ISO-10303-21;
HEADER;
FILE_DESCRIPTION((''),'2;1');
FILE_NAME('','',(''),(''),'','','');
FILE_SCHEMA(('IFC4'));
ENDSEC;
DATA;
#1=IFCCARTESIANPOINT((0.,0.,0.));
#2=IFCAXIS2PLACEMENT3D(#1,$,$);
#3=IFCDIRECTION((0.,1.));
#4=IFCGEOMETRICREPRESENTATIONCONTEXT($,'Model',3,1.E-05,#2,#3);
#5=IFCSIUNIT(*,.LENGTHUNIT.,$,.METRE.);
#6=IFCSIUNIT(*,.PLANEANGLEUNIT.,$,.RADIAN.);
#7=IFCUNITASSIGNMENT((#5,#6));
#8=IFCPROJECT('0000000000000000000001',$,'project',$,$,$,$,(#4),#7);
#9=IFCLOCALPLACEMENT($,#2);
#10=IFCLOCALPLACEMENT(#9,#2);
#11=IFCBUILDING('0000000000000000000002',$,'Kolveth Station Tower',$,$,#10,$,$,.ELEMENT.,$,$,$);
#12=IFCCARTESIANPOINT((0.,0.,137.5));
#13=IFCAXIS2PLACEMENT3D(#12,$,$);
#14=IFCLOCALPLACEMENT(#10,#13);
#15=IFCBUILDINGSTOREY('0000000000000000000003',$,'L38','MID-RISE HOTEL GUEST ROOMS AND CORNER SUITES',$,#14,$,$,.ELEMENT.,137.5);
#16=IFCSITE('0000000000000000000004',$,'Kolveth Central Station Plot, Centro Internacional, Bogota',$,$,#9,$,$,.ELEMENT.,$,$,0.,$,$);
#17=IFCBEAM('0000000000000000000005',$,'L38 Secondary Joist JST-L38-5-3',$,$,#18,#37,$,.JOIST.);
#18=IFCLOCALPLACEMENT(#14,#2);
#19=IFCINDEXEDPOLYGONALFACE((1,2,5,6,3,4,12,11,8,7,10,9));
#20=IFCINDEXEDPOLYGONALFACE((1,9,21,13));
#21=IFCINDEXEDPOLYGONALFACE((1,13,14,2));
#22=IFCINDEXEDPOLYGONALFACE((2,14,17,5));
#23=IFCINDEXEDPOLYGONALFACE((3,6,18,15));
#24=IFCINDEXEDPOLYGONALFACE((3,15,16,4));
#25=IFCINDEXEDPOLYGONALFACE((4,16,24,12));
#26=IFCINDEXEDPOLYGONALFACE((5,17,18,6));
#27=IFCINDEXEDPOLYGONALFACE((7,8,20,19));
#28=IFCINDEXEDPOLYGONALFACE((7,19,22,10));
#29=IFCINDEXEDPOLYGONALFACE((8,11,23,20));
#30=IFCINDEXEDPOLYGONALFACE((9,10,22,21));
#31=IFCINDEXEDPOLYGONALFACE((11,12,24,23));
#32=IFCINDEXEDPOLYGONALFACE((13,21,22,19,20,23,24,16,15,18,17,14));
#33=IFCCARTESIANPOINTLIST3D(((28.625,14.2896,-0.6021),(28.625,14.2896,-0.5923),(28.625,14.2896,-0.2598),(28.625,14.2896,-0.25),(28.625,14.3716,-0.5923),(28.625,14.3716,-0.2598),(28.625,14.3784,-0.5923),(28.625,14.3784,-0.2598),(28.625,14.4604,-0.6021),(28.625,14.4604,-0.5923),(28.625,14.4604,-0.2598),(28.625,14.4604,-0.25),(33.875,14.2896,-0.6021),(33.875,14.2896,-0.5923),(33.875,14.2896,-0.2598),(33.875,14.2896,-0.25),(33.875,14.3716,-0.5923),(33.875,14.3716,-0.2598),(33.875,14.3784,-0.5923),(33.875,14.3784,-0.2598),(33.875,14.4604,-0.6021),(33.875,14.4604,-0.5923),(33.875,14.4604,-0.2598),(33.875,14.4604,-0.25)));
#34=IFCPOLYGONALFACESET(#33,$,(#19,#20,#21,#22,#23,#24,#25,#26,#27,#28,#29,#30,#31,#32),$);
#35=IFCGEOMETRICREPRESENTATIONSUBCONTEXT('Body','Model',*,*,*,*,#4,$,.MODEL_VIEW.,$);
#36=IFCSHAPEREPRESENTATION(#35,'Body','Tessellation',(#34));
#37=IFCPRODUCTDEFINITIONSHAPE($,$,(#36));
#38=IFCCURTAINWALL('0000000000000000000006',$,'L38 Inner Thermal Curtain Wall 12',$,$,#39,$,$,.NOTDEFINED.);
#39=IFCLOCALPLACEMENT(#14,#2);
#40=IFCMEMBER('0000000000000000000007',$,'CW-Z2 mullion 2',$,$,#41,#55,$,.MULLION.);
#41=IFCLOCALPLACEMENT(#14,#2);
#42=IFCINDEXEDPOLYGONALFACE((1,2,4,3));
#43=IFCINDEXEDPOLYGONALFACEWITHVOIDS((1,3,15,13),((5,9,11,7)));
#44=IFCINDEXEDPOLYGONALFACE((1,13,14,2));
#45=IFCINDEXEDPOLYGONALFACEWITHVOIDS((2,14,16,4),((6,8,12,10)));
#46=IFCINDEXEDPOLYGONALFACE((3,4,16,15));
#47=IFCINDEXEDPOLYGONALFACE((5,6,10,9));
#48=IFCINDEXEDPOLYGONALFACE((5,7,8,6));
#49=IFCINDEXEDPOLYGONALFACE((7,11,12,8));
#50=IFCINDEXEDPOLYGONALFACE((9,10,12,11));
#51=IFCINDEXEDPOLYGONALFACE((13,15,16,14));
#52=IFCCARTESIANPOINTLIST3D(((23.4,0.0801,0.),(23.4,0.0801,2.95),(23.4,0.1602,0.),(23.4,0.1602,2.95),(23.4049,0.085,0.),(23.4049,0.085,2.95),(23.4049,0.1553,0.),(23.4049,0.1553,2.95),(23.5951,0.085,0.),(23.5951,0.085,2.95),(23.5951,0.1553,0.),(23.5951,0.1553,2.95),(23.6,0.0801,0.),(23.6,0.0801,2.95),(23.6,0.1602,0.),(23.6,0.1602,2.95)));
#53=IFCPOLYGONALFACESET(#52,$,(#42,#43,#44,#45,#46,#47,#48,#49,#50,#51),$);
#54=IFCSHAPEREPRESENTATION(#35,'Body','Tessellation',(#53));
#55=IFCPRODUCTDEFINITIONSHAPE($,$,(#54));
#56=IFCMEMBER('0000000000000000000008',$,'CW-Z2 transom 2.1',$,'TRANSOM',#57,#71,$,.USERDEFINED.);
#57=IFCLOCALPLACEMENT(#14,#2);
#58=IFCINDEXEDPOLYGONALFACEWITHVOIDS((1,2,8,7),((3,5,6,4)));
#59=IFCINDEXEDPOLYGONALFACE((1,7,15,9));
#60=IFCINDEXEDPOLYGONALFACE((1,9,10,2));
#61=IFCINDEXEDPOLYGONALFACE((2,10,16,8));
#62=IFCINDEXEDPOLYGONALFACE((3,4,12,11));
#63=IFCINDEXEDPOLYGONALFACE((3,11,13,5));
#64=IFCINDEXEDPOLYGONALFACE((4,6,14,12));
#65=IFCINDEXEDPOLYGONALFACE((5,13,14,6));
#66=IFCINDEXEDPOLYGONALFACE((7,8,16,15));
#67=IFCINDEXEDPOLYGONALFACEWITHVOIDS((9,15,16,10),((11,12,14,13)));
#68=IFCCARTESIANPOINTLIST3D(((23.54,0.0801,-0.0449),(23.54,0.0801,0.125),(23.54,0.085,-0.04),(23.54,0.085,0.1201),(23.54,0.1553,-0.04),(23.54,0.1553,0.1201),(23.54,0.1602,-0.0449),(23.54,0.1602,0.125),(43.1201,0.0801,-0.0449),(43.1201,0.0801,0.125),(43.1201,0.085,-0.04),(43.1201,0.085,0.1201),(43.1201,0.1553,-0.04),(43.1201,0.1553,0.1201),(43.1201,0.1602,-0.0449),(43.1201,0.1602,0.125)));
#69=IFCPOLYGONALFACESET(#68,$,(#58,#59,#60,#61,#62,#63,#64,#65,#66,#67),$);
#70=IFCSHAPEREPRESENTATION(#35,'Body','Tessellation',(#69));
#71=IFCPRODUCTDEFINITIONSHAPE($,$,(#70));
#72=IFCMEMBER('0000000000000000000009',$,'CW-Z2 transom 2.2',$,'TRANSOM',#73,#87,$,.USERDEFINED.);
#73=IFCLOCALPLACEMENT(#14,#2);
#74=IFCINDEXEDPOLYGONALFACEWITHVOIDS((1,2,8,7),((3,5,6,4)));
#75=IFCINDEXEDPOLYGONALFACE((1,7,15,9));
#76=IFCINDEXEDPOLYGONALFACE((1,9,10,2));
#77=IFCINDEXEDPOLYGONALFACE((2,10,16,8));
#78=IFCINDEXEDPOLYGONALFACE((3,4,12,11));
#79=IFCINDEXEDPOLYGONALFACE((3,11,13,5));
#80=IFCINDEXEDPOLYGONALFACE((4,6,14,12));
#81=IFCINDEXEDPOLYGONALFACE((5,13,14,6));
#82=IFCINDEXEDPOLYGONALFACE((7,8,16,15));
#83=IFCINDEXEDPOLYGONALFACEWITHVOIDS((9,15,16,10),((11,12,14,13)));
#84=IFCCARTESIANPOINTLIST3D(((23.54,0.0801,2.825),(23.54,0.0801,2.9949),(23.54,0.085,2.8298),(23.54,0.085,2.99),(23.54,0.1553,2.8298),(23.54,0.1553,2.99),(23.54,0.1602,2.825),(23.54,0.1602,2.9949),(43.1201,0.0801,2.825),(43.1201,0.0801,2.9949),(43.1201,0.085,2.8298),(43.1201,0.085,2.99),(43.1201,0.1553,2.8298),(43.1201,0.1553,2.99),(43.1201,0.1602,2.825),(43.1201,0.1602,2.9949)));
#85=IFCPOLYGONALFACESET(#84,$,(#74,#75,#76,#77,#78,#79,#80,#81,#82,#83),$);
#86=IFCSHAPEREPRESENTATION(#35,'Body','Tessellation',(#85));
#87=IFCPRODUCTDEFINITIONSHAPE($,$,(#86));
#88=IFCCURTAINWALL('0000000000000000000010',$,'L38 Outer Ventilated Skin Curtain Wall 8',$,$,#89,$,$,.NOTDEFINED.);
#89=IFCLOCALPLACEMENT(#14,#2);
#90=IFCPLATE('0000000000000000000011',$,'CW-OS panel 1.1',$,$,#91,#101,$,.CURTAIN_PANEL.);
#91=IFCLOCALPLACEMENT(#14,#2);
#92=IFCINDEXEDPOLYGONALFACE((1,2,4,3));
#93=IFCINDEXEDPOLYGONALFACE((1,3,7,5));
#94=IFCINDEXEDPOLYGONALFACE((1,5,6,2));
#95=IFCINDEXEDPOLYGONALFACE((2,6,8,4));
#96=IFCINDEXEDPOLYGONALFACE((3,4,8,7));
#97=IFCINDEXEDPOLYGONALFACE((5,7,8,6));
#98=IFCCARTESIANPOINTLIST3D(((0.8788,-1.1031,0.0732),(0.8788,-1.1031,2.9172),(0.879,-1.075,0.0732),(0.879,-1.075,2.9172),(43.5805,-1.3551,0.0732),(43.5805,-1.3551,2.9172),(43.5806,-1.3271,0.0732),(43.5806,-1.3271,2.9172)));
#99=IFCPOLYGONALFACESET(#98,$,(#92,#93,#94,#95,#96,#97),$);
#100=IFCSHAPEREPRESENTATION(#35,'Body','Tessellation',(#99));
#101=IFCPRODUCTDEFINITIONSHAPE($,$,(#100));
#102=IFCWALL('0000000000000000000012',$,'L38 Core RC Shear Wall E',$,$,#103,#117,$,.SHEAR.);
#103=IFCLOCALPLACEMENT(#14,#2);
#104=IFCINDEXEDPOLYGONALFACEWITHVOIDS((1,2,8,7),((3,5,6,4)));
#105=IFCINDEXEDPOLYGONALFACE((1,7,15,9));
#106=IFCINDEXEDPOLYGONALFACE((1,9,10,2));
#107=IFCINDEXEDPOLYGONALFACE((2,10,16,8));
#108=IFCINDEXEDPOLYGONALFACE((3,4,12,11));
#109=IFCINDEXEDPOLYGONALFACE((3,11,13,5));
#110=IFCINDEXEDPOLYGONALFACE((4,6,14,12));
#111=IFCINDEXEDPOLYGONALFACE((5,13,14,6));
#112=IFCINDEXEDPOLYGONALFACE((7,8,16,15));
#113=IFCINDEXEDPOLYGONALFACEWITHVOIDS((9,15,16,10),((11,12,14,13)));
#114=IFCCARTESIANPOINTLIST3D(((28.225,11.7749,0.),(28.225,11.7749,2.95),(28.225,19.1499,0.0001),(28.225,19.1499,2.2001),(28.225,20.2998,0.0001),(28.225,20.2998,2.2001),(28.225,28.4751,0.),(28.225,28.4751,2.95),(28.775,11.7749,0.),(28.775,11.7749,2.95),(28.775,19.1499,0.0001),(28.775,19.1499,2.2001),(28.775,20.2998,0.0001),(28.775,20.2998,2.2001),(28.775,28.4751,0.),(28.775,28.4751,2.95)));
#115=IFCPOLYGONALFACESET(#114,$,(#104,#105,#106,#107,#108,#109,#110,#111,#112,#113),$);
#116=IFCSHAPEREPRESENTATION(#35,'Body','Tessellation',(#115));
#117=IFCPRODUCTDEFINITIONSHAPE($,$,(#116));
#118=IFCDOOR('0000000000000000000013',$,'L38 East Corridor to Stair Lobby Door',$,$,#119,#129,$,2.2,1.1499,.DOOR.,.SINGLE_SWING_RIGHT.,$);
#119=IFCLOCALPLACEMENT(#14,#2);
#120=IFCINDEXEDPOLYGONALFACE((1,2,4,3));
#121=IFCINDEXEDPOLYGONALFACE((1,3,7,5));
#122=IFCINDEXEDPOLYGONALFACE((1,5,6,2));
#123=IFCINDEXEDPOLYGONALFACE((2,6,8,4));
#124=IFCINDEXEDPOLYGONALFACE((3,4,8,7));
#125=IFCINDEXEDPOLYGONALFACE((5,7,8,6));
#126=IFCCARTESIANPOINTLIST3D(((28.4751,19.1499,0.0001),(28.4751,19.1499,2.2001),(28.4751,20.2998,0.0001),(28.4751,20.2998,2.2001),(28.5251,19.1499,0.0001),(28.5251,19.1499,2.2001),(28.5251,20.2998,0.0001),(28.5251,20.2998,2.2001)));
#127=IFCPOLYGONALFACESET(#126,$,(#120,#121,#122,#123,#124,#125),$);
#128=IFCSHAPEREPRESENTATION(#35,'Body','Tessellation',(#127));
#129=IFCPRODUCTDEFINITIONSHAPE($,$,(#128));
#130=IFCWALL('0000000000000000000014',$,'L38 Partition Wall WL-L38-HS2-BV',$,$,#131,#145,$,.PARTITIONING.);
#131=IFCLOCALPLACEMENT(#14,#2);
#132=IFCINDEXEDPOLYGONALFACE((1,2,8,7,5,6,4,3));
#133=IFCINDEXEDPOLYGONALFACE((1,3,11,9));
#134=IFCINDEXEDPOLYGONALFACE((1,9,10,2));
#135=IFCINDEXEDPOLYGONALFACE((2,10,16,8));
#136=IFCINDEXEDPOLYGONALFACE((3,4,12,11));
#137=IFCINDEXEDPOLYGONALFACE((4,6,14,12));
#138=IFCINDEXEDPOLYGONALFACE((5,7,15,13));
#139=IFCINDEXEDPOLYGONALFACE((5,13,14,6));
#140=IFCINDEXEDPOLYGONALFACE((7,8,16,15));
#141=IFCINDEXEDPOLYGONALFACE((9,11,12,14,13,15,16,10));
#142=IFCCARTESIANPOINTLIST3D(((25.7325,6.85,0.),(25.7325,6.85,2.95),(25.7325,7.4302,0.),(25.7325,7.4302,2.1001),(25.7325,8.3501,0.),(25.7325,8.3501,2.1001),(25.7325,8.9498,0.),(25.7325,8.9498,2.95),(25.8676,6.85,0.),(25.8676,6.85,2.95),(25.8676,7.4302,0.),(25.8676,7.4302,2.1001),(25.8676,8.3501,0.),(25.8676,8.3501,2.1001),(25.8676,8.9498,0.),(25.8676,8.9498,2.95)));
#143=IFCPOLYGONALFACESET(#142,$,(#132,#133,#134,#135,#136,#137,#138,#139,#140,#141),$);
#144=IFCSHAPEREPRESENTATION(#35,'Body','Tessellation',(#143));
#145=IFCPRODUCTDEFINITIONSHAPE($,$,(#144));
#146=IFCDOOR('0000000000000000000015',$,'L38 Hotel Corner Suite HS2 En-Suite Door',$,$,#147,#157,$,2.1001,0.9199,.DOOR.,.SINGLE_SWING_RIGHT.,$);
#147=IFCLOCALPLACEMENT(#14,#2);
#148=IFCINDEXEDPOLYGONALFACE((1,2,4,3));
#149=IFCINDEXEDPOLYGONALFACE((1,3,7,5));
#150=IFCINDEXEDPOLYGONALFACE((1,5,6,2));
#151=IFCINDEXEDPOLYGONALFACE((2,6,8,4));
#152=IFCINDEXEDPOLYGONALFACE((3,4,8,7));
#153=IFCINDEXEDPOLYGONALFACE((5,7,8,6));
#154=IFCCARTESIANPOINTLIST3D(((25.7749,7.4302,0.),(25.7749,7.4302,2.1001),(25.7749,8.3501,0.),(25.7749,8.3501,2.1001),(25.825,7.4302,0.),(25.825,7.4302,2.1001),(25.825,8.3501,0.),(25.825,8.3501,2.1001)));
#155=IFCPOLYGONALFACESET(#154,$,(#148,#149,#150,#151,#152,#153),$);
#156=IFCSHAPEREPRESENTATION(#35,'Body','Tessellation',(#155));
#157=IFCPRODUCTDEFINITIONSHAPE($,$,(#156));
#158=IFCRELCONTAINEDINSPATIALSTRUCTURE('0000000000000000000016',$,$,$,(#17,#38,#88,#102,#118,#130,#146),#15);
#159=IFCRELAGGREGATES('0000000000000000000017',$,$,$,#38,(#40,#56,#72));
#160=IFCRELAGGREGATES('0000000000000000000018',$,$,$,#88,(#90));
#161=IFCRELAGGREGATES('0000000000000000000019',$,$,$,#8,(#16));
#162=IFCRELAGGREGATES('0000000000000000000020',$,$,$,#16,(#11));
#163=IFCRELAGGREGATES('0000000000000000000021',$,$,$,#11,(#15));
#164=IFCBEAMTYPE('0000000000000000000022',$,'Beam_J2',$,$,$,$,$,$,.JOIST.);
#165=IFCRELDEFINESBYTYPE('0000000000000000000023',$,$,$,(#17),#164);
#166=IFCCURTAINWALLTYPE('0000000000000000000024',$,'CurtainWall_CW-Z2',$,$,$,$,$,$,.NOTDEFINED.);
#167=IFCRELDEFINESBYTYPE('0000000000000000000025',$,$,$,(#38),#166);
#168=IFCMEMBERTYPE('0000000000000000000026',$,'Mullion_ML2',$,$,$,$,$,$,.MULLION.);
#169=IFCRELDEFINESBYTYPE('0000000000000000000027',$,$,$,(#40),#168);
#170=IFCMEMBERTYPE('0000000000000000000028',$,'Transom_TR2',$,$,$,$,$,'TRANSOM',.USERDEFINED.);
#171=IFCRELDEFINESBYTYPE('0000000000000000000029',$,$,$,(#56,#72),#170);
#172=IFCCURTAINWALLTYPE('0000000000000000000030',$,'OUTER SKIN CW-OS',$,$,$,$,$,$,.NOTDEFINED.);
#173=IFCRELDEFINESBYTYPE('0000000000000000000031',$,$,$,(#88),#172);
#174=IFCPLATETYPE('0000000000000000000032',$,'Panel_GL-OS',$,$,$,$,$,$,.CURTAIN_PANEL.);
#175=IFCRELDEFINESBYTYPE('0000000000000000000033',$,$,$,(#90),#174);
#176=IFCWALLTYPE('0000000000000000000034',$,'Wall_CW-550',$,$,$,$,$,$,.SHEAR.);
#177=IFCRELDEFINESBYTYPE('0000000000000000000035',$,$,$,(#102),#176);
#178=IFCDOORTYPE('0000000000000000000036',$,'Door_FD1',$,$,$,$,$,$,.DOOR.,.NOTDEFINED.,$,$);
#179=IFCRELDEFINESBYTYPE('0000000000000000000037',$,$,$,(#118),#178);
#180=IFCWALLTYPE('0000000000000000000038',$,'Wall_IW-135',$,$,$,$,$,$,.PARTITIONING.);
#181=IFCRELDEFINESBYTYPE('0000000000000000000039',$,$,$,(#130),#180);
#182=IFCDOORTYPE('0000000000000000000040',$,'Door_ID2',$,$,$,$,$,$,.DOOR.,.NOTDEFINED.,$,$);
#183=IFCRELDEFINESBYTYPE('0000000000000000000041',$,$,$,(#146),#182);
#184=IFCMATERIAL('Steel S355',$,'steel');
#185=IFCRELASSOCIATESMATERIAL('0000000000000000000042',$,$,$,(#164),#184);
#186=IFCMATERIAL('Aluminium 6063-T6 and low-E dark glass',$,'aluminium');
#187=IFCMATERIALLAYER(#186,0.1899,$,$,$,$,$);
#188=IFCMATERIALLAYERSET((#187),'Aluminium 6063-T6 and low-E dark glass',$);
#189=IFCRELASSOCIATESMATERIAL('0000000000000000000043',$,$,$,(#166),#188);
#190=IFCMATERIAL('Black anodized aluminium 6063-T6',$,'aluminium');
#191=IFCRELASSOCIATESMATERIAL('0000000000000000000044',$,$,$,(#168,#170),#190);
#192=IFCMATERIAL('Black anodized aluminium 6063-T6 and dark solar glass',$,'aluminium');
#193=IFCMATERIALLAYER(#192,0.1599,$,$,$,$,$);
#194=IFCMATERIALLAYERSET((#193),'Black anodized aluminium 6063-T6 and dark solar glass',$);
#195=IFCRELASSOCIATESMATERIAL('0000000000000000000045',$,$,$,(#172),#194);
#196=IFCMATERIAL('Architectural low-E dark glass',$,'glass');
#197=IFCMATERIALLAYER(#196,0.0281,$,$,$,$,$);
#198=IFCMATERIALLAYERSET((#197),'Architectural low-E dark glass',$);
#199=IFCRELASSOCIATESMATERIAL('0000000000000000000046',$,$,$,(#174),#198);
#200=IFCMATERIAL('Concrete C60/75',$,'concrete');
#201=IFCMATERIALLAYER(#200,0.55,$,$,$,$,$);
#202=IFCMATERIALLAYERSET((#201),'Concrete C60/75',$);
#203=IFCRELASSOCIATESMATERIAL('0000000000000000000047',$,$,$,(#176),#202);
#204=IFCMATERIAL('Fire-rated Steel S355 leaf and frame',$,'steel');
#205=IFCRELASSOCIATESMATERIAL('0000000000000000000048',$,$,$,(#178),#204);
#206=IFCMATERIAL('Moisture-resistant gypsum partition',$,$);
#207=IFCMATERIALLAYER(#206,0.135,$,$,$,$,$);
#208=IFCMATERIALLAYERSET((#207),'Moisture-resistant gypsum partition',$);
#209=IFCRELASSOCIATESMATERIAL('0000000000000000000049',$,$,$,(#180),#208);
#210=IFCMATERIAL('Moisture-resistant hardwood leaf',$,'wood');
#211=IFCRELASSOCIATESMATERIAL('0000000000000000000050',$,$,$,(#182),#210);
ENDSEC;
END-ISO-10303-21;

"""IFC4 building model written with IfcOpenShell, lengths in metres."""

from ifc_helpers import new_model, si_unit, direction, frame, frame_2d, origin, origin_2d, place, context, subcontext, project, spatial, rectangle, hollow_rectangle, i_section, extrude, source, transform, mapped, material, layer, layer_set, material_profile, profile_set, type_object, element, fill, aggregate, save


model = new_model("IFC4")

# Units and contexts
model_context = context("Model", 3, precision=1e-05, world=origin(), true_north=direction((0.0, 1.0)))
body_context = subcontext(model_context, "Body", "Model", "MODEL_VIEW")
ifc_project = project(units=[si_unit("LENGTHUNIT", "METRE"), si_unit("PLANEANGLEUNIT", "RADIAN")], contexts=[model_context])

# Site, building, storey
site_placement = place(None, origin())
site = spatial("IfcSite", under=ifc_project, at=site_placement, Name="Kolveth Central Station Plot, Centro Internacional, Bogota", CompositionType="ELEMENT", RefElevation=0.0)
building_placement = place(site_placement, origin())
building = spatial("IfcBuilding", under=site, at=building_placement, Name="Kolveth Station Tower", CompositionType="ELEMENT")
storey_placement = place(building_placement, frame((0.0, 0.0, 137.5)))
storey = spatial("IfcBuildingStorey", under=building, at=storey_placement, Name="L38", Description="MID-RISE HOTEL GUEST ROOMS AND CORNER SUITES", CompositionType="ELEMENT", Elevation=137.5)

# Shared definitions
ifc_material_1 = material(Name="Steel S355", Category="steel")

# Beam
ifc_material_profile_1 = material_profile(ifc_material_1, i_section(OverallWidth=0.1709, OverallDepth=0.3521, WebThickness=0.0068, FlangeThickness=0.0098, at=origin_2d()), Name="W360x44")
ifc_profile_set_1 = profile_set([ifc_material_profile_1], Name="Steel S355")
beam_type_1 = type_object("IfcBeamType", Name="Beam_J2", PredefinedType="JOIST", material=ifc_profile_set_1)
shared_shape_1 = source(origin(), body_context, "Body", "SweptSolid", [
    extrude(i_section(OverallWidth=0.1709, OverallDepth=0.3521, WebThickness=0.0068, FlangeThickness=0.0098, at=origin_2d()), origin(), (0.0, 0.0, 1.0), 5.25),
])
for number, where, z_axis, x_axis, name in (
    (1, (28.625, 14.375, -0.426), (1.0, 0.0, 0.0), (0.0, 1.0, 0.0), "L38 Secondary Joist JST-L38-5-3"),
):
    element("IfcBeam", number, at=place(storey_placement, frame(where, z_axis=z_axis, x_axis=x_axis)), inside=storey, type_object=beam_type_1, Name=name, PredefinedType="JOIST", context=body_context, shape_type="MappedRepresentation", body=[
        mapped(shared_shape_1, transform((0.0, 0.0, 0.0), x_axis=(1.0, 0.0, 0.0), y_axis=(0.0, 1.0, 0.0), z_axis=(0.0, 0.0, 1.0), scale=1.0)),
    ])

# Curtain wall, members
ifc_material_2 = material(Name="Aluminium 6063-T6 and low-E dark glass", Category="aluminium")
ifc_layer_1 = layer(ifc_material_2, 0.1899)
ifc_layer_set_1 = layer_set([ifc_layer_1], Name="Aluminium 6063-T6 and low-E dark glass")
curtain_wall_type_1 = type_object("IfcCurtainWallType", Name="CurtainWall_CW-Z2", PredefinedType="NOTDEFINED", material=ifc_layer_set_1)
curtain_wall_1_placement = place(storey_placement, origin())
curtain_wall_1 = element("IfcCurtainWall", 2, at=curtain_wall_1_placement, inside=storey, type_object=curtain_wall_type_1, Name="L38 Inner Thermal Curtain Wall 12", PredefinedType="NOTDEFINED")
ifc_material_3 = material(Name="Black anodized aluminium 6063-T6", Category="aluminium")
ifc_material_profile_2 = material_profile(ifc_material_3, hollow_rectangle(XDim=0.0801, YDim=0.2, WallThickness=0.0049, at=origin_2d()), Name="ALU-80x200x5")
ifc_profile_set_2 = profile_set([ifc_material_profile_2], Name="Black anodized aluminium 6063-T6")
member_type_1 = type_object("IfcMemberType", Name="Mullion_ML2", PredefinedType="MULLION", material=ifc_profile_set_2)
shared_shape_2 = source(origin(), body_context, "Body", "SweptSolid", [
    extrude(hollow_rectangle(XDim=0.0801, YDim=0.2, WallThickness=0.0049, at=origin_2d()), origin(), (0.0, 0.0, 1.0), 2.95),
])
member_1_placement = place(storey_placement, frame((23.5, 0.1201, 0.0), z_axis=(0.0, 0.0, 1.0), x_axis=(0.0, 1.0, 0.0)))
member_1 = element("IfcMember", 3, at=member_1_placement, type_object=member_type_1, Name="CW-Z2 mullion 2", PredefinedType="MULLION", context=body_context, shape_type="MappedRepresentation", body=[
    mapped(shared_shape_2, transform((0.0, 0.0, 0.0), x_axis=(1.0, 0.0, 0.0), y_axis=(0.0, 1.0, 0.0), z_axis=(0.0, 0.0, 1.0), scale=1.0)),
])
ifc_material_profile_3 = material_profile(ifc_material_3, hollow_rectangle(XDim=0.0801, YDim=0.1699, WallThickness=0.0049, at=origin_2d()), Name="ALU-80x170x5")
ifc_profile_set_3 = profile_set([ifc_material_profile_3], Name="Black anodized aluminium 6063-T6")
member_type_2 = type_object("IfcMemberType", Name="Transom_TR2", ElementType="TRANSOM", PredefinedType="USERDEFINED", material=ifc_profile_set_3)
shared_shape_3 = source(origin(), body_context, "Body", "SweptSolid", [
    extrude(hollow_rectangle(XDim=0.0801, YDim=0.1699, WallThickness=0.0049, at=origin_2d()), origin(), (0.0, 0.0, 1.0), 19.5801),
])
member_2_placement = place(storey_placement, frame((23.54, 0.1201, 0.04), z_axis=(1.0, 0.0, 0.0), x_axis=(0.0, 1.0, 0.0)))
member_2 = element("IfcMember", 4, at=member_2_placement, type_object=member_type_2, Name="CW-Z2 transom 2.1", ObjectType="TRANSOM", PredefinedType="USERDEFINED", context=body_context, shape_type="MappedRepresentation", body=[
    mapped(shared_shape_3, transform((0.0, 0.0, 0.0), x_axis=(1.0, 0.0, 0.0), y_axis=(0.0, 1.0, 0.0), z_axis=(0.0, 0.0, 1.0), scale=1.0)),
])
member_3_placement = place(storey_placement, frame((23.54, 0.1201, 2.9099), z_axis=(1.0, 0.0, 0.0), x_axis=(0.0, 1.0, 0.0)))
member_3 = element("IfcMember", 5, at=member_3_placement, type_object=member_type_2, Name="CW-Z2 transom 2.2", ObjectType="TRANSOM", PredefinedType="USERDEFINED", context=body_context, shape_type="MappedRepresentation", body=[
    mapped(shared_shape_3, transform((0.0, 0.0, 0.0), x_axis=(1.0, 0.0, 0.0), y_axis=(0.0, 1.0, 0.0), z_axis=(0.0, 0.0, 1.0), scale=1.0)),
])
aggregate(curtain_wall_1, [member_1, member_2, member_3])

# Curtain wall, plate
ifc_material_4 = material(Name="Black anodized aluminium 6063-T6 and dark solar glass", Category="aluminium")
ifc_layer_2 = layer(ifc_material_4, 0.1599)
ifc_layer_set_2 = layer_set([ifc_layer_2], Name="Black anodized aluminium 6063-T6 and dark solar glass")
curtain_wall_type_2 = type_object("IfcCurtainWallType", Name="OUTER SKIN CW-OS", PredefinedType="NOTDEFINED", material=ifc_layer_set_2)
curtain_wall_2_placement = place(storey_placement, origin())
curtain_wall_2 = element("IfcCurtainWall", 6, at=curtain_wall_2_placement, inside=storey, type_object=curtain_wall_type_2, Name="L38 Outer Ventilated Skin Curtain Wall 8", PredefinedType="NOTDEFINED")
ifc_material_5 = material(Name="Architectural low-E dark glass", Category="glass")
ifc_layer_3 = layer(ifc_material_5, 0.0281)
ifc_layer_set_3 = layer_set([ifc_layer_3], Name="Architectural low-E dark glass")
plate_type = type_object("IfcPlateType", Name="Panel_GL-OS", PredefinedType="CURTAIN_PANEL", material=ifc_layer_set_3)
shared_shape_4 = source(origin(), body_context, "Body", "SweptSolid", [
    extrude(rectangle(XDim=42.7024, YDim=0.0281, at=origin_2d()), origin(), (0.0, 0.0, 1.0), 2.844),
])
plate_placement = place(storey_placement, frame((22.2297, -1.2151, 0.0732), z_axis=(0.0, 0.0, 1.0), x_axis=(0.999983, -0.005902, 0.0)))
plate = element("IfcPlate", 7, at=plate_placement, type_object=plate_type, Name="CW-OS panel 1.1", PredefinedType="CURTAIN_PANEL", context=body_context, shape_type="MappedRepresentation", body=[
    mapped(shared_shape_4, transform((0.0, 0.0, 0.0), x_axis=(1.0, 0.0, 0.0), y_axis=(0.0, 1.0, 0.0), z_axis=(0.0, 0.0, 1.0), scale=1.0)),
])
aggregate(curtain_wall_2, [plate])

# Walls, openings, doors
ifc_material_6 = material(Name="Concrete C60/75", Category="concrete")
ifc_layer_4 = layer(ifc_material_6, 0.55)
ifc_layer_set_4 = layer_set([ifc_layer_4], Name="Concrete C60/75")
wall_type_1 = type_object("IfcWallType", Name="Wall_CW-550", PredefinedType="SHEAR", material=ifc_layer_set_4)
wall_1_placement = place(storey_placement, frame((28.5, 11.7749, 0.0), z_axis=(0.0, 0.0, 1.0), x_axis=(0.0, 1.0, 0.0)))
wall_1 = element("IfcWall", 8, at=wall_1_placement, inside=storey, type_object=wall_type_1, Name="L38 Core RC Shear Wall E", PredefinedType="SHEAR", context=body_context, shape_type="SweptSolid", body=[
    extrude(rectangle(XDim=16.7002, YDim=0.55, at=frame_2d((8.3501, 0.0))), origin(), (0.0, 0.0, 1.0), 2.95),
])
opening_1_placement = place(wall_1_placement, frame((7.375, 0.0, 0.0)))
opening_1 = element("IfcOpeningElement", 9, at=opening_1_placement, cuts=wall_1, PredefinedType="OPENING", context=body_context, shape_type="SweptSolid", body=[
    extrude(rectangle(XDim=1.1499, YDim=2.2, at=frame_2d((0.575, 1.1001))), frame((0.0, 0.2849, 0.0), z_axis=(0.0, -1.0, 0.0), x_axis=(1.0, 0.0, 0.0)), (0.0, 0.0, 1.0), 0.5701),
])
ifc_material_7 = material(Name="Fire-rated Steel S355 leaf and frame", Category="steel")
door_type_1 = type_object("IfcDoorType", Name="Door_FD1", OperationType="NOTDEFINED", PredefinedType="DOOR", material=ifc_material_7)
door_1_placement = place(opening_1_placement, origin())
door_1 = element("IfcDoor", 10, at=door_1_placement, inside=storey, type_object=door_type_1, Name="L38 East Corridor to Stair Lobby Door", OperationType="SINGLE_SWING_RIGHT", OverallHeight=2.2, OverallWidth=1.1499, PredefinedType="DOOR", context=body_context, shape_type="SweptSolid", body=[
    extrude(rectangle(XDim=1.1499, YDim=2.2, at=frame_2d((0.575, 1.1001))), frame((0.0, 0.0249, 0.0), z_axis=(0.0, -1.0, 0.0), x_axis=(1.0, 0.0, 0.0)), (0.0, 0.0, 1.0), 0.05),
])
fill(opening_1, door_1)
ifc_material_8 = material(Name="Moisture-resistant gypsum partition")
ifc_layer_5 = layer(ifc_material_8, 0.135)
ifc_layer_set_5 = layer_set([ifc_layer_5], Name="Moisture-resistant gypsum partition")
wall_type_2 = type_object("IfcWallType", Name="Wall_IW-135", PredefinedType="PARTITIONING", material=ifc_layer_set_5)
wall_2_placement = place(storey_placement, frame((25.8, 6.8501, 0.0), z_axis=(0.0, 0.0, 1.0), x_axis=(0.0, 1.0, 0.0)))
wall_2 = element("IfcWall", 11, at=wall_2_placement, inside=storey, type_object=wall_type_2, Name="L38 Partition Wall WL-L38-HS2-BV", PredefinedType="PARTITIONING", context=body_context, shape_type="SweptSolid", body=[
    extrude(rectangle(XDim=2.0999, YDim=0.135, at=frame_2d((1.0498, 0.0))), origin(), (0.0, 0.0, 1.0), 2.95),
])
opening_2_placement = place(wall_2_placement, frame((0.5801, 0.0, 0.0)))
opening_2 = element("IfcOpeningElement", 12, at=opening_2_placement, cuts=wall_2, PredefinedType="OPENING", context=body_context, shape_type="SweptSolid", body=[
    extrude(rectangle(XDim=0.9199, YDim=2.1001, at=frame_2d((0.46, 1.05))), frame((0.0, 0.0774, 0.0), z_axis=(0.0, -1.0, 0.0), x_axis=(1.0, 0.0, 0.0)), (0.0, 0.0, 1.0), 0.155),
])
ifc_material_9 = material(Name="Moisture-resistant hardwood leaf", Category="wood")
door_type_2 = type_object("IfcDoorType", Name="Door_ID2", OperationType="NOTDEFINED", PredefinedType="DOOR", material=ifc_material_9)
door_2_placement = place(opening_2_placement, frame((0.9199, 0.0, 0.0), z_axis=(0.0, 0.0, 1.0), x_axis=(-1.0, 0.0, 0.0)))
door_2 = element("IfcDoor", 13, at=door_2_placement, inside=storey, type_object=door_type_2, Name="L38 Hotel Corner Suite HS2 En-Suite Door", OperationType="SINGLE_SWING_RIGHT", OverallHeight=2.1001, OverallWidth=0.9199, PredefinedType="DOOR", context=body_context, shape_type="SweptSolid", body=[
    extrude(rectangle(XDim=0.9199, YDim=2.1001, at=frame_2d((0.46, 1.05))), frame((0.0, 0.0249, 0.0), z_axis=(0.0, -1.0, 0.0), x_axis=(1.0, 0.0, 0.0)), (0.0, 0.0, 1.0), 0.05),
])
fill(opening_2, door_2)

save(model, "model.ifc")
